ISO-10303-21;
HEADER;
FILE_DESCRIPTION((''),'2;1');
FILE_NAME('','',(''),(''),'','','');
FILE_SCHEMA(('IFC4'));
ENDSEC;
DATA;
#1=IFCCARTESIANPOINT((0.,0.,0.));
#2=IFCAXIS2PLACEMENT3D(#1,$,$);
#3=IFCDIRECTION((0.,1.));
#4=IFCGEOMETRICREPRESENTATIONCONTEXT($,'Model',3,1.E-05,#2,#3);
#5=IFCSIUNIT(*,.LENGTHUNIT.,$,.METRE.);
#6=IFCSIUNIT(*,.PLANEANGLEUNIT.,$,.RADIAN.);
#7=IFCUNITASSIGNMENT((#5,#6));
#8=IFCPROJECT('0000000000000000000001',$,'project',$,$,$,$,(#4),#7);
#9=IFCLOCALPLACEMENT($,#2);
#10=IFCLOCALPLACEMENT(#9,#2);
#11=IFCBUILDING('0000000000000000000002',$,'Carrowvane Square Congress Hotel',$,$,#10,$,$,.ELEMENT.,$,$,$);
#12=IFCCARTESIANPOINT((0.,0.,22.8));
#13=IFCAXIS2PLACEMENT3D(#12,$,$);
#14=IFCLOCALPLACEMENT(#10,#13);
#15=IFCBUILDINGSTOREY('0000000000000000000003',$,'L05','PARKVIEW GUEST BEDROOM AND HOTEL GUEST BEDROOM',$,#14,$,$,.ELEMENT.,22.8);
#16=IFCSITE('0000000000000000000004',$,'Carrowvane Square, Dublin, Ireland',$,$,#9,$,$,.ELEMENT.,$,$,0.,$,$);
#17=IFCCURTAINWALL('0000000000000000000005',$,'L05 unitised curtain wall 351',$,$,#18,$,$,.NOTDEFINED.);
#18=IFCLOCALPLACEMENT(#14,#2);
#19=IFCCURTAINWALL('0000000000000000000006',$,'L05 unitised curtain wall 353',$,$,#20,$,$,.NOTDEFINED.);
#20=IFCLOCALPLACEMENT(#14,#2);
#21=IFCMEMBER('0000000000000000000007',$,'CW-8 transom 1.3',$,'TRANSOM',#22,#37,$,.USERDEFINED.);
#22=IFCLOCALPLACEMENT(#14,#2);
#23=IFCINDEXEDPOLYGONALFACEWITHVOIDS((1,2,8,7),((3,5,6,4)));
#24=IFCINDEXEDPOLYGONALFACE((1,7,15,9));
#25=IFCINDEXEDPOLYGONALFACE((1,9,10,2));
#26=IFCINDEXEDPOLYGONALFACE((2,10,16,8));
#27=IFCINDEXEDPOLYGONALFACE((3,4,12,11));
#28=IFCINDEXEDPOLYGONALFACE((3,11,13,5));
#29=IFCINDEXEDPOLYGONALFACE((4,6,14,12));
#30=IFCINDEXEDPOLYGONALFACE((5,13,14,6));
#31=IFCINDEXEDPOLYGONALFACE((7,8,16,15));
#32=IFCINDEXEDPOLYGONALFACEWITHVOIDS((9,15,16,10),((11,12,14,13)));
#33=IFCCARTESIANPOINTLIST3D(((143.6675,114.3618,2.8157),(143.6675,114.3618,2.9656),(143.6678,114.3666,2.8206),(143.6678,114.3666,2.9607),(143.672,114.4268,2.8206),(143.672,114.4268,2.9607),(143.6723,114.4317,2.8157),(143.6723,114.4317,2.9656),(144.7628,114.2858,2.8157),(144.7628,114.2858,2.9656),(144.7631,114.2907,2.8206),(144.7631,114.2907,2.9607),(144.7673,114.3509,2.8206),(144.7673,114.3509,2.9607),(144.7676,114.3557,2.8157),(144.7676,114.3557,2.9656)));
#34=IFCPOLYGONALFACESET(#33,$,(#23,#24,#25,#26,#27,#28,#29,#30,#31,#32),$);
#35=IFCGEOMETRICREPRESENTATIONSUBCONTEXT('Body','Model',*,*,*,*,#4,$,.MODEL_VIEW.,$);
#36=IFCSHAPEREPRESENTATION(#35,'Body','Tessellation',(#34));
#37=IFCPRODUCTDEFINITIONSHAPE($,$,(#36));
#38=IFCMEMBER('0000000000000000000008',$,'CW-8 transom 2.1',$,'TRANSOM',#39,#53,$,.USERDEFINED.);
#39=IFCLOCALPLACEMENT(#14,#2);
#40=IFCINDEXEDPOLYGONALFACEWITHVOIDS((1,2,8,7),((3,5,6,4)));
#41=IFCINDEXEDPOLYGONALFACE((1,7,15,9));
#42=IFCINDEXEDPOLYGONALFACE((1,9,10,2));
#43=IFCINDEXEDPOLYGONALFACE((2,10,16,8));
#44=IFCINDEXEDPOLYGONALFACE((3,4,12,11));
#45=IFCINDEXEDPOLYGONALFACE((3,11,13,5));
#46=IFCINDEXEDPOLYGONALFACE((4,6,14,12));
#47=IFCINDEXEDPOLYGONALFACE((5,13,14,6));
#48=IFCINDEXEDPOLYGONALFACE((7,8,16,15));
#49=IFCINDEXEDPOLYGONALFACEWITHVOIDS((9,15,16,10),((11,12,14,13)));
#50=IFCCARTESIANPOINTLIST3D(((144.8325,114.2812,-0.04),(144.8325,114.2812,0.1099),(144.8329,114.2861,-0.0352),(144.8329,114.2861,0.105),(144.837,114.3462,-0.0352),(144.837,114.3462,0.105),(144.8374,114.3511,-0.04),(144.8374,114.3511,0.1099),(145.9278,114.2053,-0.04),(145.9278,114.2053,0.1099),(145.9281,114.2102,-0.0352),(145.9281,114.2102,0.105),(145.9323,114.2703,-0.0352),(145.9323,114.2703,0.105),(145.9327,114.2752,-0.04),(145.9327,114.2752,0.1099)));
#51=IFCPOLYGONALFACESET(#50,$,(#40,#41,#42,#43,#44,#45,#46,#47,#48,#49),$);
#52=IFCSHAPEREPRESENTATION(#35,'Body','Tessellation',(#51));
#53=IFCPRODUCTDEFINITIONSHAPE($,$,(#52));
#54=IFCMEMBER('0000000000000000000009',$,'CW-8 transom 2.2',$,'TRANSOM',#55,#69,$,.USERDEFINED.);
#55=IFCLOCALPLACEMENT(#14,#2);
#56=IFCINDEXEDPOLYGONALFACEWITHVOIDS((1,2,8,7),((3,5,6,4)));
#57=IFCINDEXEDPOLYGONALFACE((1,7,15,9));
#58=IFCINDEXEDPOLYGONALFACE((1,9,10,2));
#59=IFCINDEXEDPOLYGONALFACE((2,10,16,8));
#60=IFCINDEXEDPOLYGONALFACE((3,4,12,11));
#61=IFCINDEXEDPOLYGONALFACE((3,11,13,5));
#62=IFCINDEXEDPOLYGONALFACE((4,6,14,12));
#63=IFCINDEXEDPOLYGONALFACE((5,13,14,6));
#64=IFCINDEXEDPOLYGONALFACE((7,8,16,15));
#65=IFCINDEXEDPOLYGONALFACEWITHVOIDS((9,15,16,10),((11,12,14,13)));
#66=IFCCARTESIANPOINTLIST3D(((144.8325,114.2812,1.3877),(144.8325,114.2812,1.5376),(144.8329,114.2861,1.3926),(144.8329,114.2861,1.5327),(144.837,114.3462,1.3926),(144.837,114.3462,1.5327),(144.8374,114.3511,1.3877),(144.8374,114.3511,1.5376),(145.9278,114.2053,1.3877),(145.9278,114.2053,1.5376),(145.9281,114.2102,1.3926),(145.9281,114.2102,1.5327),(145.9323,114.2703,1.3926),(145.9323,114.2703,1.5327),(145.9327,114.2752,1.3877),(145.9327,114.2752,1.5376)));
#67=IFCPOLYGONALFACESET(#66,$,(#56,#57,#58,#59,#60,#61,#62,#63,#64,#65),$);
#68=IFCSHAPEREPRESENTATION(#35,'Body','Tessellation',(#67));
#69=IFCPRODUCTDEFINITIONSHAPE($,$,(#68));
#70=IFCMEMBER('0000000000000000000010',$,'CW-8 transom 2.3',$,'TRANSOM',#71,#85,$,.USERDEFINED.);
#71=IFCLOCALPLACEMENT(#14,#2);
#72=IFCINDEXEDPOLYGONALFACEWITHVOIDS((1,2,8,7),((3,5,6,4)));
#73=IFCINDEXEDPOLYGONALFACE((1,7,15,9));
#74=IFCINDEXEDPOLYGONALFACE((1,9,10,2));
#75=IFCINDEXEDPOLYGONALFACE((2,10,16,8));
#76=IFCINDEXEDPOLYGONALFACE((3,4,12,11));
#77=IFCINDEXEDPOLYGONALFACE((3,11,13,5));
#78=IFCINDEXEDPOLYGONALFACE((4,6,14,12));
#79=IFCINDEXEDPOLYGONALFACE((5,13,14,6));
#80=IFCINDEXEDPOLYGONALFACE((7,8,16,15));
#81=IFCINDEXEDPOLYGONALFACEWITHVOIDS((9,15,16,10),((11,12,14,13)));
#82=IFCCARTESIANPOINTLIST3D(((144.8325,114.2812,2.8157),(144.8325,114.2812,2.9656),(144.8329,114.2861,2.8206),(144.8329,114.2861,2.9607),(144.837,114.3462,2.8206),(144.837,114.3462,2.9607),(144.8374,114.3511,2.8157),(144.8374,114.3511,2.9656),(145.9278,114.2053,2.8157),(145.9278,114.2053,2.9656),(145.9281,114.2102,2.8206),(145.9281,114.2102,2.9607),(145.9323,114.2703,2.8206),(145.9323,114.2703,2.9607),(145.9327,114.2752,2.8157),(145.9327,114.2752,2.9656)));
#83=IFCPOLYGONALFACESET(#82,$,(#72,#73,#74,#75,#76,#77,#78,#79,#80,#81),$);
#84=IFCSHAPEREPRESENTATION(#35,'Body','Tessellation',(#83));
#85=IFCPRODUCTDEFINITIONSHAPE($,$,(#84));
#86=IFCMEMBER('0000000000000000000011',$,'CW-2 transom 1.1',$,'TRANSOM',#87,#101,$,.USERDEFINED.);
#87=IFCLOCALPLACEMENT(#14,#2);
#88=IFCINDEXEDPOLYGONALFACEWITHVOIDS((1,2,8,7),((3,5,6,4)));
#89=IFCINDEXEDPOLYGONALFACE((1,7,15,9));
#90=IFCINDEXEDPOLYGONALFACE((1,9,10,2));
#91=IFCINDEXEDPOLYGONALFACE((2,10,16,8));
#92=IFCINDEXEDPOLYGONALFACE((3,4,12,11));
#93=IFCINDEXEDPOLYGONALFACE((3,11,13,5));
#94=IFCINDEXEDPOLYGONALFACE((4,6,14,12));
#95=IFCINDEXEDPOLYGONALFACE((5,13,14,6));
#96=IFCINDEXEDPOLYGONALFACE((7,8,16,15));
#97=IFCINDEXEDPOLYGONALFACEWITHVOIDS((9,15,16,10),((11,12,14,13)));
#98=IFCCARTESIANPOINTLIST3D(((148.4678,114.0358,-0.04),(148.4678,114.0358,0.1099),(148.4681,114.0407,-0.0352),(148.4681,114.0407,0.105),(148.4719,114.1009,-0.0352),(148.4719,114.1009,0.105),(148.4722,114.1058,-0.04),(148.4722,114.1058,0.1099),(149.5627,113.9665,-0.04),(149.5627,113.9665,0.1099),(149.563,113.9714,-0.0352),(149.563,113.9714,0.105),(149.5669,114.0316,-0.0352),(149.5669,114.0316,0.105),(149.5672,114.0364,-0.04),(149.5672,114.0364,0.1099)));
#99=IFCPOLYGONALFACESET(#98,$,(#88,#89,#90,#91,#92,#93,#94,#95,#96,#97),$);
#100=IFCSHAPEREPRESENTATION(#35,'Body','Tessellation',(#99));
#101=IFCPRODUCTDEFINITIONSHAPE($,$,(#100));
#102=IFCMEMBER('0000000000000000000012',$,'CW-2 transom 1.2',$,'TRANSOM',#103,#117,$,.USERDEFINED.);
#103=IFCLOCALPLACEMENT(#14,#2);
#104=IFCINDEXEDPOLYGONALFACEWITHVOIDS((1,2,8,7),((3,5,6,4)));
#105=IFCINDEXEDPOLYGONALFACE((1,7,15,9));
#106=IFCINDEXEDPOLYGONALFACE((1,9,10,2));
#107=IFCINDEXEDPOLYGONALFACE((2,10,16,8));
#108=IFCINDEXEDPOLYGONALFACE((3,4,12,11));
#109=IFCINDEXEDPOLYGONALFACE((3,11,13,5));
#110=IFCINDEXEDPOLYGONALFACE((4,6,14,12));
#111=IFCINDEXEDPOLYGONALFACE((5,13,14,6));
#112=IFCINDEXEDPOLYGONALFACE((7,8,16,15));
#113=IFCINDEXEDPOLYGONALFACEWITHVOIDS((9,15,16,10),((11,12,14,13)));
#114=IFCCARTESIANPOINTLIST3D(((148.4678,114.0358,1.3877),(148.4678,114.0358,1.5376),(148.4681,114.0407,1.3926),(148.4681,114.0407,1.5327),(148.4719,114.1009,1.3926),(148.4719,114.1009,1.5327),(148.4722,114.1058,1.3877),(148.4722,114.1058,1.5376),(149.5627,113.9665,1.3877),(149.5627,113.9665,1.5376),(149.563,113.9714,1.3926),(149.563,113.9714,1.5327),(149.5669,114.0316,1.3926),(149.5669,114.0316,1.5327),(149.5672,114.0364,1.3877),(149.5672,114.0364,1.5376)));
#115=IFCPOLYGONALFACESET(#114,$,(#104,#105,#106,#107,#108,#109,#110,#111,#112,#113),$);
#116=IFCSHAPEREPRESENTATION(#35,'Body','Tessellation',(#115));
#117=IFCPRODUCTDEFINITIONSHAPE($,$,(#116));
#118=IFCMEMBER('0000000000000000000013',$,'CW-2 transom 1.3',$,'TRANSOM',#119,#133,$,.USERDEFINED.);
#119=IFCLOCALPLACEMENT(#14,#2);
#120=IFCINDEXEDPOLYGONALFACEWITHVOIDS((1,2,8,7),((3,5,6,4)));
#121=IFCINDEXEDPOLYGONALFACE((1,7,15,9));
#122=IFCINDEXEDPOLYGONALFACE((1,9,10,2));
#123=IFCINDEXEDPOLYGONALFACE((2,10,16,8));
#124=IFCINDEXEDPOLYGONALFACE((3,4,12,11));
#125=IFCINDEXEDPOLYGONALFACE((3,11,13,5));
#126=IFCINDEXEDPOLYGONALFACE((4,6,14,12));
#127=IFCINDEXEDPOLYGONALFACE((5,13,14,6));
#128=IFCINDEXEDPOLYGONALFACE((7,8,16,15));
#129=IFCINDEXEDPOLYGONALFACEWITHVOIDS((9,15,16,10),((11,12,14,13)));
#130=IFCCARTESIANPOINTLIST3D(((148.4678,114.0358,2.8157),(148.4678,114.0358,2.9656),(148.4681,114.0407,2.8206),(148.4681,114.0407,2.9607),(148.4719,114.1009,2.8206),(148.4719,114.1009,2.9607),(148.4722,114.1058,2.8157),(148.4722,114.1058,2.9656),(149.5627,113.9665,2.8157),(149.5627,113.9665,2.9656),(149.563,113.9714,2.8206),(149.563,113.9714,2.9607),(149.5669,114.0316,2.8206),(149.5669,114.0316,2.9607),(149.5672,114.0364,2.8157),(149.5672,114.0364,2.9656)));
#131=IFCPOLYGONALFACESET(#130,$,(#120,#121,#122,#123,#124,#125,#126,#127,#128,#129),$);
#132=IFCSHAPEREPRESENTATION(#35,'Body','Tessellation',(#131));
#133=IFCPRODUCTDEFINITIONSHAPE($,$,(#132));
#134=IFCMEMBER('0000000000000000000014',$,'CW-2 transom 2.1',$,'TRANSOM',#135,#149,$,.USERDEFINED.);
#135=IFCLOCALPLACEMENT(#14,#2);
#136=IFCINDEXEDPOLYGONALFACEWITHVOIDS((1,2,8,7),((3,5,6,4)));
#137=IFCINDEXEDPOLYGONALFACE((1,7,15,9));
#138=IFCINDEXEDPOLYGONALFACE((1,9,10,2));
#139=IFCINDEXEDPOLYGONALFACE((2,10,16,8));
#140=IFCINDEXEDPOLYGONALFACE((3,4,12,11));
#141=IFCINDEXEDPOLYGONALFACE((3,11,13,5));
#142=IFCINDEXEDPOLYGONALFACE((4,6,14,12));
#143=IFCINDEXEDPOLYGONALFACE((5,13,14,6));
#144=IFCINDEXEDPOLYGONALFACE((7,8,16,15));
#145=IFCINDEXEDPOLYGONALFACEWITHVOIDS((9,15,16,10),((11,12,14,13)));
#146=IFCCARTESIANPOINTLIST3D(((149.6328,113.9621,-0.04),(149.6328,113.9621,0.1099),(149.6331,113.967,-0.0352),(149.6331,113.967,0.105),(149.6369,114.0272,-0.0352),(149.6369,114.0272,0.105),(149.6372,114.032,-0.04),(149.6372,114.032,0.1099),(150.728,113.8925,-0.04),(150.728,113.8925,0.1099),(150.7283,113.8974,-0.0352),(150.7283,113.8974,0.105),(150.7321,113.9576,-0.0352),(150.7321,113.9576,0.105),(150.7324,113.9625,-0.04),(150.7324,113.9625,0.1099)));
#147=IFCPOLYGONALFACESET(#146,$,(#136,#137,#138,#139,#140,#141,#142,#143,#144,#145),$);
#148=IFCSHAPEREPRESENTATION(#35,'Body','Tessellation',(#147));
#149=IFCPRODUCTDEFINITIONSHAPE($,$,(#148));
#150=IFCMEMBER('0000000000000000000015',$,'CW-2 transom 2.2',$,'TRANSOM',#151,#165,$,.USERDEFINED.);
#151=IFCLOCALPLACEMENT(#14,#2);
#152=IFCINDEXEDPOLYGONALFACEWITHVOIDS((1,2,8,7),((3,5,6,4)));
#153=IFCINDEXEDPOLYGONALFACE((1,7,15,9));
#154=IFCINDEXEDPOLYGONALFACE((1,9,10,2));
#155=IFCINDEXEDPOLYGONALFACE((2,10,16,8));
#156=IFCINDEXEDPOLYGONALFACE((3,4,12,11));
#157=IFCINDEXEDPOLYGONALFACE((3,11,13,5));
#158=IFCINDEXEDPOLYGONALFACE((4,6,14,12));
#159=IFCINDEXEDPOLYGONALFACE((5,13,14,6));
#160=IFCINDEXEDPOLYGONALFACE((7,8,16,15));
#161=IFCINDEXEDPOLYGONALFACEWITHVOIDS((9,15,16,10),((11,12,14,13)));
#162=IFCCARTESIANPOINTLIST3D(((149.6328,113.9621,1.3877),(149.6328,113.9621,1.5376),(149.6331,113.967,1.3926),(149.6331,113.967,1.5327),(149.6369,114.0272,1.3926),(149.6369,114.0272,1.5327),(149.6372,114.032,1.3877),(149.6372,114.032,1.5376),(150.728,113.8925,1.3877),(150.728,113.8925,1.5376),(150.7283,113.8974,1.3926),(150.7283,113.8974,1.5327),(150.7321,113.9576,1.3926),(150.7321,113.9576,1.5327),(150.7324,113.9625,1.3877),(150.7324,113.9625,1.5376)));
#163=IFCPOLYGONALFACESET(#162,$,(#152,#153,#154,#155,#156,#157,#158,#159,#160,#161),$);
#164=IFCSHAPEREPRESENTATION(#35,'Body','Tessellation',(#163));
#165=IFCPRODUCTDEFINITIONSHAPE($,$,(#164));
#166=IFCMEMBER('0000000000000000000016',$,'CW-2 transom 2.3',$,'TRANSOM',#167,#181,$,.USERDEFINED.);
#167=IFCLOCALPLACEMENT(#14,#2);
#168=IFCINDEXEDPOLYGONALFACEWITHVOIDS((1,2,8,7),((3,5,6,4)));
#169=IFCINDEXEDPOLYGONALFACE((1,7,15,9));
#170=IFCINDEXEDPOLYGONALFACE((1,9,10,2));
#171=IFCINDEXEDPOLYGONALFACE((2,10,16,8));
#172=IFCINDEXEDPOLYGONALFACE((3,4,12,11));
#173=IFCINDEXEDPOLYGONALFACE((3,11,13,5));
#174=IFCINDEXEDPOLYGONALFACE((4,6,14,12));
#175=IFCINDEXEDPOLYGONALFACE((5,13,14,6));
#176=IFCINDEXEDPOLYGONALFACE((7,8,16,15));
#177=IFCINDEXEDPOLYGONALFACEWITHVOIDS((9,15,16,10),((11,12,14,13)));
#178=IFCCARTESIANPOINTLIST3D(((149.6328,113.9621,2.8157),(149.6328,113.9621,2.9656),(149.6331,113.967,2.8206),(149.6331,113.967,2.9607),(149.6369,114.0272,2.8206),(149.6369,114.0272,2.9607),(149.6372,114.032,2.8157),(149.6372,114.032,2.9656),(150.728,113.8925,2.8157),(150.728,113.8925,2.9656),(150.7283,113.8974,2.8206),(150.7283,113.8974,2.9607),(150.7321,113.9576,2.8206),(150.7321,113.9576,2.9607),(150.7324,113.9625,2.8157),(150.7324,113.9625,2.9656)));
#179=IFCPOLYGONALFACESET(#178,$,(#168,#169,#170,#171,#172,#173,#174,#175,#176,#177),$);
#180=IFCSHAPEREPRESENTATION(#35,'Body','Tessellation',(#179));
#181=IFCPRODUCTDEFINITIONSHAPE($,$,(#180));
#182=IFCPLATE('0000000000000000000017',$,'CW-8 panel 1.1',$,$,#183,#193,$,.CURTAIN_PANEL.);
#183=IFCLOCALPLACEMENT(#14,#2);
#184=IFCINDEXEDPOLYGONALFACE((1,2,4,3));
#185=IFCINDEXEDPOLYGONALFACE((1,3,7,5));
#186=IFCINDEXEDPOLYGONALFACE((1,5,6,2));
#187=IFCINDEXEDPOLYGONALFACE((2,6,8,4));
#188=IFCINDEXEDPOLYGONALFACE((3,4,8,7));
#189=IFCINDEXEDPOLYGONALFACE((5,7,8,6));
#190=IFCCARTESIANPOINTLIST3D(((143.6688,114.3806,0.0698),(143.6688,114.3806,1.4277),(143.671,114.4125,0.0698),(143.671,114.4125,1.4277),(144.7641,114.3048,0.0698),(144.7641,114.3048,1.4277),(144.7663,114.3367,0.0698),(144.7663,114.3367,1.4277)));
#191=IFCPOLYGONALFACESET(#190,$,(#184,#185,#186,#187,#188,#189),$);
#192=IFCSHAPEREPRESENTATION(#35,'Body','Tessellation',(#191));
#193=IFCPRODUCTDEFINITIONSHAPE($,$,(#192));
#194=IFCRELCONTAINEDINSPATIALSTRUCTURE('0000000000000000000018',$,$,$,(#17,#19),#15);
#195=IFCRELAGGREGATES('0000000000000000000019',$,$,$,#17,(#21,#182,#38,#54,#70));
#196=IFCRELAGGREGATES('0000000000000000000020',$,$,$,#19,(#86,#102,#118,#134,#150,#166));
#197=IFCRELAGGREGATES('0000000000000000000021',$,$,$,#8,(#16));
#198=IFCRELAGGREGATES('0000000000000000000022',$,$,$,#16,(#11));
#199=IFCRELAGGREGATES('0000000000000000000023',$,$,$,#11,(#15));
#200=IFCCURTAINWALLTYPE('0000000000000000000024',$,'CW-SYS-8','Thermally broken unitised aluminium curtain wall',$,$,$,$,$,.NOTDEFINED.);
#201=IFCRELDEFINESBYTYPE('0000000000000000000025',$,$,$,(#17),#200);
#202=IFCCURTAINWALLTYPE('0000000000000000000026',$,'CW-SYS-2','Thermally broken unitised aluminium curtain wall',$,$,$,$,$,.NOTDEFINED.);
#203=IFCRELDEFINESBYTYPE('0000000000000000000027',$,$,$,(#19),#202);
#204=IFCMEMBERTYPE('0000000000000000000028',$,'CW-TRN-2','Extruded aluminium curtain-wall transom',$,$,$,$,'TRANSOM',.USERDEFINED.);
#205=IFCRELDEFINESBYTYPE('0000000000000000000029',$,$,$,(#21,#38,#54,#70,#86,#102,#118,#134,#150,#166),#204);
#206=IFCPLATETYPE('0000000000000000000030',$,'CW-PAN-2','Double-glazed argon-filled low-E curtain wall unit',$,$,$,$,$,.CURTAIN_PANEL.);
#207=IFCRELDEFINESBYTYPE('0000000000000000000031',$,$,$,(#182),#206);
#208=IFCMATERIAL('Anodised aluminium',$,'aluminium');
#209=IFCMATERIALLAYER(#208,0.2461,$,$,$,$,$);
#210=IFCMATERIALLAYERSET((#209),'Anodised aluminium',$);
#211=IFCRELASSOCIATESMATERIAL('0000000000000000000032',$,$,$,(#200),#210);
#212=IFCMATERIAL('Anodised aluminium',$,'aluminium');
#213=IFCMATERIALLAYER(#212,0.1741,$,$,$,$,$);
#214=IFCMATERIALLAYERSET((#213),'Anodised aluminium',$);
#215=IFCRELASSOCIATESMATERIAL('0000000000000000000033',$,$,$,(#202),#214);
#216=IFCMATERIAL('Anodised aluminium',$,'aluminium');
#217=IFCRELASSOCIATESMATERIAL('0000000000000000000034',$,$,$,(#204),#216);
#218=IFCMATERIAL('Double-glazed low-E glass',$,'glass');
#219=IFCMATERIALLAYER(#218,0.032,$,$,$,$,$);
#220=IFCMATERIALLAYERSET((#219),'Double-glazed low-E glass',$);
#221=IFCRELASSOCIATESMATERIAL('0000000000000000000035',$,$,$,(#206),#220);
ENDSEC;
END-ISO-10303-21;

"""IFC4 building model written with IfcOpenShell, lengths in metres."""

from ifc_helpers import new_model, si_unit, direction, frame, origin, origin_2d, place, context, subcontext, project, spatial, rectangle, hollow_rectangle, extrude, material, layer, layer_set, material_profile, profile_set, type_object, element, aggregate, save


model = new_model("IFC4")

# Units and contexts
model_context = context("Model", 3, precision=1e-05, world=origin(), true_north=direction((0.0, 1.0)))
body_context = subcontext(model_context, "Body", "Model", "MODEL_VIEW")
ifc_project = project(units=[si_unit("LENGTHUNIT", "METRE"), si_unit("PLANEANGLEUNIT", "RADIAN")], contexts=[model_context])

# Site, building, storey
site_placement = place(None, origin())
site = spatial("IfcSite", under=ifc_project, at=site_placement, Name="Carrowvane Square, Dublin, Ireland", CompositionType="ELEMENT", RefElevation=0.0)
building_placement = place(site_placement, origin())
building = spatial("IfcBuilding", under=site, at=building_placement, Name="Carrowvane Square Congress Hotel", CompositionType="ELEMENT")
storey_placement = place(building_placement, frame((0.0, 0.0, 22.8)))
storey = spatial("IfcBuildingStorey", under=building, at=storey_placement, Name="L05", Description="PARKVIEW GUEST BEDROOM AND HOTEL GUEST BEDROOM", CompositionType="ELEMENT", Elevation=22.8)

# Curtain walls
ifc_material_1 = material(Name="Anodised aluminium", Category="aluminium")
ifc_layer_1 = layer(ifc_material_1, 0.2461)
ifc_layer_set_1 = layer_set([ifc_layer_1], Name="Anodised aluminium")
curtain_wall_type_1 = type_object("IfcCurtainWallType", Name="CW-SYS-8", Description="Thermally broken unitised aluminium curtain wall", PredefinedType="NOTDEFINED", material=ifc_layer_set_1)
curtain_wall_1_placement = place(storey_placement, origin())
curtain_wall_1 = element("IfcCurtainWall", 1, at=curtain_wall_1_placement, inside=storey, type_object=curtain_wall_type_1, Name="L05 unitised curtain wall 351", PredefinedType="NOTDEFINED")
ifc_material_2 = material(Name="Anodised aluminium", Category="aluminium")
ifc_layer_2 = layer(ifc_material_2, 0.1741)
ifc_layer_set_2 = layer_set([ifc_layer_2], Name="Anodised aluminium")
curtain_wall_type_2 = type_object("IfcCurtainWallType", Name="CW-SYS-2", Description="Thermally broken unitised aluminium curtain wall", PredefinedType="NOTDEFINED", material=ifc_layer_set_2)
curtain_wall_2_placement = place(storey_placement, origin())
curtain_wall_2 = element("IfcCurtainWall", 2, at=curtain_wall_2_placement, inside=storey, type_object=curtain_wall_type_2, Name="L05 unitised curtain wall 353", PredefinedType="NOTDEFINED")

# Members
ifc_material_3 = material(Name="Anodised aluminium", Category="aluminium")
ifc_material_profile_1 = material_profile(ifc_material_3, hollow_rectangle(XDim=0.0701, YDim=0.1499, WallThickness=0.0049, at=origin_2d()), Name="CW-TR 70x150x5")
ifc_profile_set_1 = profile_set([ifc_material_profile_1], Name="Anodised aluminium")
member_type_1 = type_object("IfcMemberType", Name="CW-TRN-2", Description="Extruded aluminium curtain-wall transom", ElementType="TRANSOM", PredefinedType="USERDEFINED", material=ifc_profile_set_1)
member_1_placement = place(storey_placement, frame((143.6699, 114.3967, 2.8906), z_axis=(0.997606, -0.069161, 0.0), x_axis=(0.069161, 0.997606, 0.0)))
member_1 = element("IfcMember", 3, at=member_1_placement, type_object=member_type_1, Name="CW-8 transom 1.3", ObjectType="TRANSOM", PredefinedType="USERDEFINED", context=body_context, shape_type="SweptSolid", body=[
    extrude(hollow_rectangle(XDim=0.0701, YDim=0.1499, WallThickness=0.0049, at=origin_2d()), origin(), (0.0, 0.0, 1.0), 1.0979),
])
member_2_placement = place(storey_placement, frame((144.835, 114.3162, 0.0349), z_axis=(0.997606, -0.069161, 0.0), x_axis=(0.069161, 0.997606, 0.0)))
member_2 = element("IfcMember", 4, at=member_2_placement, type_object=member_type_1, Name="CW-8 transom 2.1", ObjectType="TRANSOM", PredefinedType="USERDEFINED", context=body_context, shape_type="SweptSolid", body=[
    extrude(hollow_rectangle(XDim=0.0701, YDim=0.1499, WallThickness=0.0049, at=origin_2d()), origin(), (0.0, 0.0, 1.0), 1.0979),
])
member_3_placement = place(storey_placement, frame((144.835, 114.3162, 1.4626), z_axis=(0.997606, -0.069161, 0.0), x_axis=(0.069161, 0.997606, 0.0)))
member_3 = element("IfcMember", 5, at=member_3_placement, type_object=member_type_1, Name="CW-8 transom 2.2", ObjectType="TRANSOM", PredefinedType="USERDEFINED", context=body_context, shape_type="SweptSolid", body=[
    extrude(hollow_rectangle(XDim=0.0701, YDim=0.1499, WallThickness=0.0049, at=origin_2d()), origin(), (0.0, 0.0, 1.0), 1.0979),
])
member_4_placement = place(storey_placement, frame((144.835, 114.3162, 2.8906), z_axis=(0.997606, -0.069161, 0.0), x_axis=(0.069161, 0.997606, 0.0)))
member_4 = element("IfcMember", 6, at=member_4_placement, type_object=member_type_1, Name="CW-8 transom 2.3", ObjectType="TRANSOM", PredefinedType="USERDEFINED", context=body_context, shape_type="SweptSolid", body=[
    extrude(hollow_rectangle(XDim=0.0701, YDim=0.1499, WallThickness=0.0049, at=origin_2d()), origin(), (0.0, 0.0, 1.0), 1.0979),
])
member_5_placement = place(storey_placement, frame((148.47, 114.0708, 0.0349), z_axis=(0.998001, -0.063196, 0.0), x_axis=(0.063196, 0.998001, 0.0)))
member_5 = element("IfcMember", 7, at=member_5_placement, type_object=member_type_1, Name="CW-2 transom 1.1", ObjectType="TRANSOM", PredefinedType="USERDEFINED", context=body_context, shape_type="SweptSolid", body=[
    extrude(hollow_rectangle(XDim=0.0701, YDim=0.1499, WallThickness=0.0049, at=origin_2d()), origin(), (0.0, 0.0, 1.0), 1.0972),
])
member_6_placement = place(storey_placement, frame((148.47, 114.0708, 1.4626), z_axis=(0.998001, -0.063196, 0.0), x_axis=(0.063196, 0.998001, 0.0)))
member_6 = element("IfcMember", 8, at=member_6_placement, type_object=member_type_1, Name="CW-2 transom 1.2", ObjectType="TRANSOM", PredefinedType="USERDEFINED", context=body_context, shape_type="SweptSolid", body=[
    extrude(hollow_rectangle(XDim=0.0701, YDim=0.1499, WallThickness=0.0049, at=origin_2d()), origin(), (0.0, 0.0, 1.0), 1.0972),
])
member_7_placement = place(storey_placement, frame((148.47, 114.0708, 2.8906), z_axis=(0.998001, -0.063196, 0.0), x_axis=(0.063196, 0.998001, 0.0)))
member_7 = element("IfcMember", 9, at=member_7_placement, type_object=member_type_1, Name="CW-2 transom 1.3", ObjectType="TRANSOM", PredefinedType="USERDEFINED", context=body_context, shape_type="SweptSolid", body=[
    extrude(hollow_rectangle(XDim=0.0701, YDim=0.1499, WallThickness=0.0049, at=origin_2d()), origin(), (0.0, 0.0, 1.0), 1.0972),
])
member_8_placement = place(storey_placement, frame((149.635, 113.9971, 0.0349), z_axis=(0.997988, -0.063403, 0.0), x_axis=(0.063403, 0.997988, 0.0)))
member_8 = element("IfcMember", 10, at=member_8_placement, type_object=member_type_1, Name="CW-2 transom 2.1", ObjectType="TRANSOM", PredefinedType="USERDEFINED", context=body_context, shape_type="SweptSolid", body=[
    extrude(hollow_rectangle(XDim=0.0701, YDim=0.1499, WallThickness=0.0049, at=origin_2d()), origin(), (0.0, 0.0, 1.0), 1.0974),
])
member_9_placement = place(storey_placement, frame((149.635, 113.9971, 1.4626), z_axis=(0.997988, -0.063403, 0.0), x_axis=(0.063403, 0.997988, 0.0)))
member_9 = element("IfcMember", 11, at=member_9_placement, type_object=member_type_1, Name="CW-2 transom 2.2", ObjectType="TRANSOM", PredefinedType="USERDEFINED", context=body_context, shape_type="SweptSolid", body=[
    extrude(hollow_rectangle(XDim=0.0701, YDim=0.1499, WallThickness=0.0049, at=origin_2d()), origin(), (0.0, 0.0, 1.0), 1.0974),
])
member_10_placement = place(storey_placement, frame((149.635, 113.9971, 2.8906), z_axis=(0.997988, -0.063403, 0.0), x_axis=(0.063403, 0.997988, 0.0)))
member_10 = element("IfcMember", 12, at=member_10_placement, type_object=member_type_1, Name="CW-2 transom 2.3", ObjectType="TRANSOM", PredefinedType="USERDEFINED", context=body_context, shape_type="SweptSolid", body=[
    extrude(hollow_rectangle(XDim=0.0701, YDim=0.1499, WallThickness=0.0049, at=origin_2d()), origin(), (0.0, 0.0, 1.0), 1.0974),
])

# Plate
ifc_material_4 = material(Name="Double-glazed low-E glass", Category="glass")
ifc_layer_3 = layer(ifc_material_4, 0.032)
ifc_layer_set_3 = layer_set([ifc_layer_3], Name="Double-glazed low-E glass")
plate_type_1 = type_object("IfcPlateType", Name="CW-PAN-2", Description="Double-glazed argon-filled low-E curtain wall unit", PredefinedType="CURTAIN_PANEL", material=ifc_layer_set_3)
plate_1_placement = place(storey_placement, frame((144.2175, 114.3586, 0.0698), z_axis=(0.0, 0.0, 1.0), x_axis=(0.997618, -0.068986, 0.0)))
plate_1 = element("IfcPlate", 13, at=plate_1_placement, type_object=plate_type_1, Name="CW-8 panel 1.1", PredefinedType="CURTAIN_PANEL", context=body_context, shape_type="SweptSolid", body=[
    extrude(rectangle(XDim=1.0979, YDim=0.032, at=origin_2d()), origin(), (0.0, 0.0, 1.0), 1.3579),
])
aggregate(curtain_wall_1, [member_1, plate_1, member_2, member_3, member_4])
aggregate(curtain_wall_2, [member_5, member_6, member_7, member_8, member_9, member_10])

save(model, "model.ifc")
